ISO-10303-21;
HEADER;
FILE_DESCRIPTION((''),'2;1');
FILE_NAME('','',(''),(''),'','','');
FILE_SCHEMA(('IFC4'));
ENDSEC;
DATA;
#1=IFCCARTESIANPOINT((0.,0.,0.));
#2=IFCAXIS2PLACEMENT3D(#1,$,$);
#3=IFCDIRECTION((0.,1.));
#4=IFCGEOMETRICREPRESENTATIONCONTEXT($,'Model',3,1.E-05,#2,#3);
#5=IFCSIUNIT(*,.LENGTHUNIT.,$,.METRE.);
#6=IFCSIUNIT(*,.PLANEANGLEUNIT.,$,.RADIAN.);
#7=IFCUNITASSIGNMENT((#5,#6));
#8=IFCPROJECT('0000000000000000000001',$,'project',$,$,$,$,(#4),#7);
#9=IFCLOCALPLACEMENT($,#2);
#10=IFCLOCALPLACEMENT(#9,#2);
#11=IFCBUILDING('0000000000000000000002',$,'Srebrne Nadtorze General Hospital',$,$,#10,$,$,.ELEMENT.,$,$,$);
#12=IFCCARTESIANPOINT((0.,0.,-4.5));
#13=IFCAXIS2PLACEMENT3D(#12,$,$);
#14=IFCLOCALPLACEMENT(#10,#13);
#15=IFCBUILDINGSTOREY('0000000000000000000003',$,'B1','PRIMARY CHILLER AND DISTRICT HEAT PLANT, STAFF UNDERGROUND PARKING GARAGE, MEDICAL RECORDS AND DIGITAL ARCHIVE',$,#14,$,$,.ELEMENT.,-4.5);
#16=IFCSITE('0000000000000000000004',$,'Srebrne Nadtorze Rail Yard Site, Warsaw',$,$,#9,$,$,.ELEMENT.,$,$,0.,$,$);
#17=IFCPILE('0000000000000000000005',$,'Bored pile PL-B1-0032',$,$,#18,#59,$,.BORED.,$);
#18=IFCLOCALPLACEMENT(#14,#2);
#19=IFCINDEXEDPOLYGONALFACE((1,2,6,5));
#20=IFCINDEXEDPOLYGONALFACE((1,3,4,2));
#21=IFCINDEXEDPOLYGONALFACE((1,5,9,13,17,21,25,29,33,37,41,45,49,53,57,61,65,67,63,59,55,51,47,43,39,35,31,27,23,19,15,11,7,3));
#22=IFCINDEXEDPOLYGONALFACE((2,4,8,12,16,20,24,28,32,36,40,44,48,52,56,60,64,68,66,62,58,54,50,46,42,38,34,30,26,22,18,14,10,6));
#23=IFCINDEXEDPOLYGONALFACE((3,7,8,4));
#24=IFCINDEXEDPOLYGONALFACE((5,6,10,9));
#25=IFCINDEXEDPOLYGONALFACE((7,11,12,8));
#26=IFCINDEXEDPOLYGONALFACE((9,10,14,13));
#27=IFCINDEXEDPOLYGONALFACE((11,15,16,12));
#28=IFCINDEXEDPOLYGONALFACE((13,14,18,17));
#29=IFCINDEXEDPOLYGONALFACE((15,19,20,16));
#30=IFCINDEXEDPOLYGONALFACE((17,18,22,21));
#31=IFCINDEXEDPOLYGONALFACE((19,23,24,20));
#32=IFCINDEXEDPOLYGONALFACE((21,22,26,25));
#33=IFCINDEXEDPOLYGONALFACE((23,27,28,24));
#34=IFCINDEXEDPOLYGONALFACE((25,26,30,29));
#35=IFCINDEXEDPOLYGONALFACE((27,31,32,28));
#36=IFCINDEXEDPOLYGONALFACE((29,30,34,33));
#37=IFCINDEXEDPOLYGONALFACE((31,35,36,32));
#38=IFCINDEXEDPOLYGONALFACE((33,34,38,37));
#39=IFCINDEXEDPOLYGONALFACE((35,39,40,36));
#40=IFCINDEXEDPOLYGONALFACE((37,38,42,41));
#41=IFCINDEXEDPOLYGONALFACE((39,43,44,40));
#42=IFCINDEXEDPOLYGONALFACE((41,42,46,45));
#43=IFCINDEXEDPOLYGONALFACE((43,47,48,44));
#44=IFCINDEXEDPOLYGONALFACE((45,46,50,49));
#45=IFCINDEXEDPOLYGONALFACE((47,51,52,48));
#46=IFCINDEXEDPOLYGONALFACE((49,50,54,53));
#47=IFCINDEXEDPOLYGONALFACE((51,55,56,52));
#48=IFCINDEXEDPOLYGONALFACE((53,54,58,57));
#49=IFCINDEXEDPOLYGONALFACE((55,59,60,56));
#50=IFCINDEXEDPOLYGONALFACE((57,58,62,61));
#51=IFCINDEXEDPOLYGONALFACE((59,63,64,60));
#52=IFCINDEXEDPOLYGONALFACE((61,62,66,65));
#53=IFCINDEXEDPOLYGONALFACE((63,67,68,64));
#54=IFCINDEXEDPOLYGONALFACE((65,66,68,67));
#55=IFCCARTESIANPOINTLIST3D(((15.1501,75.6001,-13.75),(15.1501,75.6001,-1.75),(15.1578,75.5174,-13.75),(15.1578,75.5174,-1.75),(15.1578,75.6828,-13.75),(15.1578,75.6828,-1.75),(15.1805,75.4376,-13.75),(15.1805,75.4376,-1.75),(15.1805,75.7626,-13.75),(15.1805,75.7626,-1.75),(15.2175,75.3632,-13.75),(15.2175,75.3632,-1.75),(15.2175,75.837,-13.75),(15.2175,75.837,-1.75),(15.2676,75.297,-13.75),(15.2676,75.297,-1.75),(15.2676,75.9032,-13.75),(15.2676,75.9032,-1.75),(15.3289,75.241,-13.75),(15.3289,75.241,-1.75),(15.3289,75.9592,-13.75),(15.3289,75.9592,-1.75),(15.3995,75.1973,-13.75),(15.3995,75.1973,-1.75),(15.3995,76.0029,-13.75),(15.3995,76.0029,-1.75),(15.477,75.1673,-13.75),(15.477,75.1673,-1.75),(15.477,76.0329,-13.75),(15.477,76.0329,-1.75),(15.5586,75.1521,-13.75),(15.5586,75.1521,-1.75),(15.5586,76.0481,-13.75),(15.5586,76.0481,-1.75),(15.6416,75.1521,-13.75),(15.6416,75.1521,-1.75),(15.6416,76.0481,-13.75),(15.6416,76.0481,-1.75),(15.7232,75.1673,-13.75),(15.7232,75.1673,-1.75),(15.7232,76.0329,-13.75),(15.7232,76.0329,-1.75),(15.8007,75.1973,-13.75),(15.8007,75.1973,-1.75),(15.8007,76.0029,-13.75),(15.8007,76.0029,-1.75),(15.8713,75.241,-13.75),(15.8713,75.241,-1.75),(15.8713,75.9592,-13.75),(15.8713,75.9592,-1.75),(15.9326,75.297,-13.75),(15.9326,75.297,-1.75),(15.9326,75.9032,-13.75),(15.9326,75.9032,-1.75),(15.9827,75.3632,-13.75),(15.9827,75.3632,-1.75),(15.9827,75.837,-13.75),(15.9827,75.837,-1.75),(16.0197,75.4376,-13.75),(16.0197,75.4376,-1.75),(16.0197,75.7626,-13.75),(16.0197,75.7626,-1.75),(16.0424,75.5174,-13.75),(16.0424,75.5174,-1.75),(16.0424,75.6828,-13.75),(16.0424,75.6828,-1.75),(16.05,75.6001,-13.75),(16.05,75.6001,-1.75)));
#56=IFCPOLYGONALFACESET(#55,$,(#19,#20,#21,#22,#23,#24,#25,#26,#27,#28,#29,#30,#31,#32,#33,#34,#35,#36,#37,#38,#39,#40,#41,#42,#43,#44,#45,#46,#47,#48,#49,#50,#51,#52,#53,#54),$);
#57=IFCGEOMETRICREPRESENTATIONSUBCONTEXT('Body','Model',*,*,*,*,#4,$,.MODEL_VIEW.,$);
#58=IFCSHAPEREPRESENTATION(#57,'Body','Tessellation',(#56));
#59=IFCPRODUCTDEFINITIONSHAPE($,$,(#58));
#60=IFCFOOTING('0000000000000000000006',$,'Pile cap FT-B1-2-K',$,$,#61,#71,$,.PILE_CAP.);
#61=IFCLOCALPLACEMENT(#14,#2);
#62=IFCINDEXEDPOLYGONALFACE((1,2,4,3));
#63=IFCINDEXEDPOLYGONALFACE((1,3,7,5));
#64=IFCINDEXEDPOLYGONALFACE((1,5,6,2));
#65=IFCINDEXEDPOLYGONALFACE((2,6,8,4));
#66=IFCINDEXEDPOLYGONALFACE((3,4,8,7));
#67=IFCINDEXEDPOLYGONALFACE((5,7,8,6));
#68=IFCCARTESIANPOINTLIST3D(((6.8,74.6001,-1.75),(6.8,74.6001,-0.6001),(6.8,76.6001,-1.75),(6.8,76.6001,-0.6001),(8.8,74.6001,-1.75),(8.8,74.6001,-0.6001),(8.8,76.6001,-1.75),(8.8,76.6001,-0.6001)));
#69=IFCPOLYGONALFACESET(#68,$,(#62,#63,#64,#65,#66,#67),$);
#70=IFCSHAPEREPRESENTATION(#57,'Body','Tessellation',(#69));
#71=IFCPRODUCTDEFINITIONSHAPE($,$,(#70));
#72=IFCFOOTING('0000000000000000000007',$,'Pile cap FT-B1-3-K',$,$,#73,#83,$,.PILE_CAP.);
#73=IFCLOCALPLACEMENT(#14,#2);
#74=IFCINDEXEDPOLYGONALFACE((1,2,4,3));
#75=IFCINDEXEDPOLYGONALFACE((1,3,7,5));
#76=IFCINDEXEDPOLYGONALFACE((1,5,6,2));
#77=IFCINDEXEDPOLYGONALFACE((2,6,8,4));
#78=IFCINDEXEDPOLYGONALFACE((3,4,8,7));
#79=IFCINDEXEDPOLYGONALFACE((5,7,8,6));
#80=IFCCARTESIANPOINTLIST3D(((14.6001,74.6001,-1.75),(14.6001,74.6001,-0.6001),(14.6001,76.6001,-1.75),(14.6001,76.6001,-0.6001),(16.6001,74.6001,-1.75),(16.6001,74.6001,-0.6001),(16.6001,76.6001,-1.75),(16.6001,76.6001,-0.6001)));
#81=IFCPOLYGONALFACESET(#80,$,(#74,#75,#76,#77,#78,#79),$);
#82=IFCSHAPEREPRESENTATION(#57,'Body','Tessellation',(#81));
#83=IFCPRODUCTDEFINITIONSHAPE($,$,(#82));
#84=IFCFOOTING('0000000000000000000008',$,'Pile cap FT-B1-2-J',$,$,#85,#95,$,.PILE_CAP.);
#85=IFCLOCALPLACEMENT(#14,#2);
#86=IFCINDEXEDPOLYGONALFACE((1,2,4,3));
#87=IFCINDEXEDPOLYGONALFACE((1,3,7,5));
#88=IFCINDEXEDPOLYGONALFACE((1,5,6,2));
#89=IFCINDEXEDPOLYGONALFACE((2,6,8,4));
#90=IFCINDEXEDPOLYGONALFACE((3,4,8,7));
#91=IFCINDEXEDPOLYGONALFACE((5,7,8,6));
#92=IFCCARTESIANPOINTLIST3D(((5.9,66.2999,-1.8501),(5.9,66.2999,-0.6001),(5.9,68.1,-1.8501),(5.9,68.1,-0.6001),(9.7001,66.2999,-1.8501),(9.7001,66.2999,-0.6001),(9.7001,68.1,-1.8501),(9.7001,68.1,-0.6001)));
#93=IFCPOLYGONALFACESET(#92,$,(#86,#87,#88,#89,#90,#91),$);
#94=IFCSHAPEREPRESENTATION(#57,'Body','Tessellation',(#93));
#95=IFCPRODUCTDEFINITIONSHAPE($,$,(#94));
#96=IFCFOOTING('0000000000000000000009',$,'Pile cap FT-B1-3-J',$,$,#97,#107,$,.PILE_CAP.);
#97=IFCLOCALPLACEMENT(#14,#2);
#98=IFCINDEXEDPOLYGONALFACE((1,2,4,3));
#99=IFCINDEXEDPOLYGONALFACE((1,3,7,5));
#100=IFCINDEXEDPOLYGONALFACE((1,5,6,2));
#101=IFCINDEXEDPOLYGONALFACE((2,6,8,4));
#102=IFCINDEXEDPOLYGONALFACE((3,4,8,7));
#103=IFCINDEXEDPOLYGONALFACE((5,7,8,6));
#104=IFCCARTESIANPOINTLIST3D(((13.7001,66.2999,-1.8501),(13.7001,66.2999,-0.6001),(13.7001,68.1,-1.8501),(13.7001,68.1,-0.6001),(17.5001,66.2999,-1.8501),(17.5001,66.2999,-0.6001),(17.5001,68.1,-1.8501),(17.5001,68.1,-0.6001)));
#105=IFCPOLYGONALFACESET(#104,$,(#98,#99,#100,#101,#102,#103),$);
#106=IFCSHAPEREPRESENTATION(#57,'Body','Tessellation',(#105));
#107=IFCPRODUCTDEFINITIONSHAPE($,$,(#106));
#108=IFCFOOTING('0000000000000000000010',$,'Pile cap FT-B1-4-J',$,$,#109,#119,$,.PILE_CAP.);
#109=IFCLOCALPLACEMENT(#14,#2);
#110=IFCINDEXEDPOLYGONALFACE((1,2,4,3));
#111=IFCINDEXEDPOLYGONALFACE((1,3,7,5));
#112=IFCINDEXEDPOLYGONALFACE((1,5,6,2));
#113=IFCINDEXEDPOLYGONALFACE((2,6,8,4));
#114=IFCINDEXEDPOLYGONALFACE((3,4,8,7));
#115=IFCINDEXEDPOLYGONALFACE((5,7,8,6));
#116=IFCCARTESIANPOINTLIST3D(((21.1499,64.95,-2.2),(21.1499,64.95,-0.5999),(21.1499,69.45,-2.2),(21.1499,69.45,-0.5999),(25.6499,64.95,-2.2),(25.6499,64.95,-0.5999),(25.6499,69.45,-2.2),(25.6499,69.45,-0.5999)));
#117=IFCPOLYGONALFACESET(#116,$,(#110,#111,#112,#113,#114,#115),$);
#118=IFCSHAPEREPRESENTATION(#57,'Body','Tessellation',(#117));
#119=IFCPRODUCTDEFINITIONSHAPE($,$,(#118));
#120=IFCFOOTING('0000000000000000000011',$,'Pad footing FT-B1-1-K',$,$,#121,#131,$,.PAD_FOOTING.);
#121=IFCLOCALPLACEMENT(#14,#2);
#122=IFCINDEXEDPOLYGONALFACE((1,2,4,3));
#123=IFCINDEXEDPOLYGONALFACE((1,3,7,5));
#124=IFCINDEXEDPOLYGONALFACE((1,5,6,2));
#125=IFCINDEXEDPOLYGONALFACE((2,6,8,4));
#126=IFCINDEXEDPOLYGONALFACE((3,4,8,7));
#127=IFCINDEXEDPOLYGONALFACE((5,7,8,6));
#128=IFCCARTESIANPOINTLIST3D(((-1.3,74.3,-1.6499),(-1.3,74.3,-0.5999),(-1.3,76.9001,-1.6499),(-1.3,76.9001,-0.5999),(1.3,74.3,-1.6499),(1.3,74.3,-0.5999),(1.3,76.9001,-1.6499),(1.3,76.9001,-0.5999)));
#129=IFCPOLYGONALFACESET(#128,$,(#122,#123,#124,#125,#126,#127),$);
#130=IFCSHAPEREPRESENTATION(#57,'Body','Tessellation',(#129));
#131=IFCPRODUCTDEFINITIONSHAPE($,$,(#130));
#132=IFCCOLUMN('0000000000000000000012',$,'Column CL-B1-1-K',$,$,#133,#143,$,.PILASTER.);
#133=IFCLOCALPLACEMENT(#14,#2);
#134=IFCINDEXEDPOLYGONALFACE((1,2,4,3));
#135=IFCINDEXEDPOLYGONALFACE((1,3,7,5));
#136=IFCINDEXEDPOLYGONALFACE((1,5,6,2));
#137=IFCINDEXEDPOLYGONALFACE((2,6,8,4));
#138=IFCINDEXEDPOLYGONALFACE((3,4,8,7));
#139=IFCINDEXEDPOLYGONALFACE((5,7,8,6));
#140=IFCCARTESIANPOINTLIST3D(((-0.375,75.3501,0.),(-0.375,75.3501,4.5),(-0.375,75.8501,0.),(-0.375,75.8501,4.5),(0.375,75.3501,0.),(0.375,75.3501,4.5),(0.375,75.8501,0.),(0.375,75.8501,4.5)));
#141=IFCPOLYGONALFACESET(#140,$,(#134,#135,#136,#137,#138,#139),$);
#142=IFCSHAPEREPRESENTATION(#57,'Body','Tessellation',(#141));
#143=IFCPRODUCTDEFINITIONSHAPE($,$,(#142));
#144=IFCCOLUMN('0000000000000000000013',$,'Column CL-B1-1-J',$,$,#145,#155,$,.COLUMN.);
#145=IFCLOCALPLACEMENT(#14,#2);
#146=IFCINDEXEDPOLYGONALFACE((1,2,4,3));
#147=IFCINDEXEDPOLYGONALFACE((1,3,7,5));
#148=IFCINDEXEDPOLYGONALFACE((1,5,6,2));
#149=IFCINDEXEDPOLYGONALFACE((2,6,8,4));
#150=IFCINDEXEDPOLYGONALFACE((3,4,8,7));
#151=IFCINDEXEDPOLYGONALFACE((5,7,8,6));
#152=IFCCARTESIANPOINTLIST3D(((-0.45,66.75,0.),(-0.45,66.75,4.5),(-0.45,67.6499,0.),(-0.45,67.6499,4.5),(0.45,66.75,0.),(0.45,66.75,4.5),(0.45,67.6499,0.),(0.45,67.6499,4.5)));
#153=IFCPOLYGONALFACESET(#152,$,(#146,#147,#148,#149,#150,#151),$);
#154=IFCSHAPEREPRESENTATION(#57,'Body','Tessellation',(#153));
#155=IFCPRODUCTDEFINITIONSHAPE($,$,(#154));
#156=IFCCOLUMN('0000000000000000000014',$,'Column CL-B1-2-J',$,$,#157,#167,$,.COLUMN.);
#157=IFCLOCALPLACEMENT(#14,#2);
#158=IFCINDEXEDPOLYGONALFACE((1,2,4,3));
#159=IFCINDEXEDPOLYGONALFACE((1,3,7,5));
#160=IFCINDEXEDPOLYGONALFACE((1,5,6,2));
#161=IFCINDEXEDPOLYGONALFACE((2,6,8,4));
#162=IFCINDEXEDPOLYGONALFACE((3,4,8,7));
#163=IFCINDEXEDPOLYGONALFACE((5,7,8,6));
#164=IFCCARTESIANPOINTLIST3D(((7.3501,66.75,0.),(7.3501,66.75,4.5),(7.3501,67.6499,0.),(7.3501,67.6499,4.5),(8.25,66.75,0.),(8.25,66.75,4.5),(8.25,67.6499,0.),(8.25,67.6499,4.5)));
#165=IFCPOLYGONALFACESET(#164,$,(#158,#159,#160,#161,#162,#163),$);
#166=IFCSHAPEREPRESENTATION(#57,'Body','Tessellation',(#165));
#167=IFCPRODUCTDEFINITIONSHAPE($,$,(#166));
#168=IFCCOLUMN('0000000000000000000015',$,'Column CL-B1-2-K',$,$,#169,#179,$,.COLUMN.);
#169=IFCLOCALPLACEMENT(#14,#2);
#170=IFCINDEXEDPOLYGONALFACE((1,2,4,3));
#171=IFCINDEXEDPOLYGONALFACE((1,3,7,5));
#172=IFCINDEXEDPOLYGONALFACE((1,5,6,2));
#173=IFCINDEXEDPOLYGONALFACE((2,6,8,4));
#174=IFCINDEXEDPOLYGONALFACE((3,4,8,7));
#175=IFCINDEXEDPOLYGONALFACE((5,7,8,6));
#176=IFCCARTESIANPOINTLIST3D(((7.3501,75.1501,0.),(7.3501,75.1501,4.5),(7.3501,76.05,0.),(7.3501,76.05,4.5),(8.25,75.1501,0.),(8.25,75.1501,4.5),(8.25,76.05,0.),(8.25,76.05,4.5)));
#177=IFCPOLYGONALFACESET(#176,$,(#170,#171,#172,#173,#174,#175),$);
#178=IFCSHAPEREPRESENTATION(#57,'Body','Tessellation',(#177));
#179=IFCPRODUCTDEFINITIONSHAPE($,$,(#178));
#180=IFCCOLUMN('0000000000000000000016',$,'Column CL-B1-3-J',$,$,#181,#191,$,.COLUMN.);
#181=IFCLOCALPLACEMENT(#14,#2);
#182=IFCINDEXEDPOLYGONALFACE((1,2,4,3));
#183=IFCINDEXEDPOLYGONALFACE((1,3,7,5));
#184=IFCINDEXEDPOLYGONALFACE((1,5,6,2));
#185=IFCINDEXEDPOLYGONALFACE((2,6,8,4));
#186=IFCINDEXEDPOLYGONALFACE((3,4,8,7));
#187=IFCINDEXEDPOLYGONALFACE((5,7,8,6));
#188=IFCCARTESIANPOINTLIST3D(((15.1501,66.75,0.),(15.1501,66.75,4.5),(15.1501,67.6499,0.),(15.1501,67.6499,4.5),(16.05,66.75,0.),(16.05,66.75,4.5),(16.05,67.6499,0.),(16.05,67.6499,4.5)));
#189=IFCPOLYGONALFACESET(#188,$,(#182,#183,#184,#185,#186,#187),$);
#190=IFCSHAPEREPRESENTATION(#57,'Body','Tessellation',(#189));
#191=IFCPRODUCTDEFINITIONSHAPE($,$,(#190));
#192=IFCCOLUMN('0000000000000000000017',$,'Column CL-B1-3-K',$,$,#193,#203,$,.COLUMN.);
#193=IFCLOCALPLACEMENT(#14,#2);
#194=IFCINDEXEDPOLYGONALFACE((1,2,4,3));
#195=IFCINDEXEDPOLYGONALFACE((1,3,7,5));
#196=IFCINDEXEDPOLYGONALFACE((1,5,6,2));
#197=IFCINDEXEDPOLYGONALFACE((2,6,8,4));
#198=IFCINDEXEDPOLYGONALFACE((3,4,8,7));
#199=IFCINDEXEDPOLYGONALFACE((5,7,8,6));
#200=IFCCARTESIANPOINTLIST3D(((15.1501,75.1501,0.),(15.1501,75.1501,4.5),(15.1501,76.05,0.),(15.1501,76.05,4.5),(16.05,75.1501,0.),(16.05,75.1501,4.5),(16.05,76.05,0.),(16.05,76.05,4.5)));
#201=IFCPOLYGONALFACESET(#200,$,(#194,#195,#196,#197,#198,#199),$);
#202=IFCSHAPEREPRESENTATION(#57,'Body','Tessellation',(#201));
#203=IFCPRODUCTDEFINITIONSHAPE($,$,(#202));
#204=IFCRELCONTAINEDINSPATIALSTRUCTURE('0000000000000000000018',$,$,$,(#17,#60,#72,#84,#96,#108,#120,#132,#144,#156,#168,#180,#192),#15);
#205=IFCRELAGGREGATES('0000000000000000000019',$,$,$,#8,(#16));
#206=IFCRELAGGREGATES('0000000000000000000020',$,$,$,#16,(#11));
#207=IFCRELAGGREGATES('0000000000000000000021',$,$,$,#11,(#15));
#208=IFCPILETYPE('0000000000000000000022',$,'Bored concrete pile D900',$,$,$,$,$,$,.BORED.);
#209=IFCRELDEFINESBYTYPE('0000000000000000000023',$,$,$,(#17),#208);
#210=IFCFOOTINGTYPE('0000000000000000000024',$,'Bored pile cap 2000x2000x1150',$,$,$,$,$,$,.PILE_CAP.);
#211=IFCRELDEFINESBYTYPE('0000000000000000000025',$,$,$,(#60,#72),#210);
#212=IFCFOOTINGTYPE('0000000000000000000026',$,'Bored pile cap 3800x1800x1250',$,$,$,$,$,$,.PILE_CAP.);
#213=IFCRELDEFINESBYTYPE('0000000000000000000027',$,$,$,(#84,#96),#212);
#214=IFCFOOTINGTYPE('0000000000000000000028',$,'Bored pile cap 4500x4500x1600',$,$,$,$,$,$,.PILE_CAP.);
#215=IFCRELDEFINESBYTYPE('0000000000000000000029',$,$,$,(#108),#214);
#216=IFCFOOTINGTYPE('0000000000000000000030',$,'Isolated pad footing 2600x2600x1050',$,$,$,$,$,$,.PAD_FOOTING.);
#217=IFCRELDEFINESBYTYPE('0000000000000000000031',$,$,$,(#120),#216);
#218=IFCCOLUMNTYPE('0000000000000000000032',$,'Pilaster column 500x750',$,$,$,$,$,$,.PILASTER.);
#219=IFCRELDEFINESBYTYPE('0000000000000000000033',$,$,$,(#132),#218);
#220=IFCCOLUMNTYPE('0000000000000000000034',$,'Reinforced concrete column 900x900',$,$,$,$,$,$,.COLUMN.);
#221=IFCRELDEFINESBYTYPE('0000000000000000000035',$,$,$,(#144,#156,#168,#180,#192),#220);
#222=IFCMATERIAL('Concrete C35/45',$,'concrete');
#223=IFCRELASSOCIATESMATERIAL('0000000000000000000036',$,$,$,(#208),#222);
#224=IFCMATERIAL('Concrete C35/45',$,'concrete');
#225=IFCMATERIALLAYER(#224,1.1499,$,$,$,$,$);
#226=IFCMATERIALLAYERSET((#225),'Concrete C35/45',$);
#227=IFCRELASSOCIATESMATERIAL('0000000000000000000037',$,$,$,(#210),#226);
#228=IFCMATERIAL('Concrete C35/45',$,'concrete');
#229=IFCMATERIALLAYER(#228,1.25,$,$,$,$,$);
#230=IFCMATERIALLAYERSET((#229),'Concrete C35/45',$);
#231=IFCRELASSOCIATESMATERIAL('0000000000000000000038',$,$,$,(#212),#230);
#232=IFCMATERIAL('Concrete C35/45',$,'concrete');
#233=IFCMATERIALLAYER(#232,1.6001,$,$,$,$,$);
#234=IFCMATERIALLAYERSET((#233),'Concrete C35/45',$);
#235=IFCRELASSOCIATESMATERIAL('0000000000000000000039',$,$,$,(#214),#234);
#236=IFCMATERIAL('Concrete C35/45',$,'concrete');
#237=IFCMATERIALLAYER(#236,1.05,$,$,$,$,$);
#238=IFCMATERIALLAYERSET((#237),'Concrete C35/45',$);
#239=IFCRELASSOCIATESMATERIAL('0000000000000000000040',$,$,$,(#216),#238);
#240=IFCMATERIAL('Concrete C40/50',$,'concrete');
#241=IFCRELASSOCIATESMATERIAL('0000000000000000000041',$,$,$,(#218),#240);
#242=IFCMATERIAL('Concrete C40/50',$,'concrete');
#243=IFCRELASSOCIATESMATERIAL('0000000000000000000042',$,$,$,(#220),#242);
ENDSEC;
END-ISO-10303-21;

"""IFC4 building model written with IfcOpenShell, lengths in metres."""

from ifc_helpers import new_model, si_unit, direction, frame, origin, origin_2d, place, context, subcontext, project, spatial, rectangle, circle, extrude, material, layer, layer_set, material_profile, profile_set, type_object, element, save


model = new_model("IFC4")

# Units and contexts
model_context = context("Model", 3, precision=1e-05, world=origin(), true_north=direction((0.0, 1.0)))
body_context = subcontext(model_context, "Body", "Model", "MODEL_VIEW")
ifc_project = project(units=[si_unit("LENGTHUNIT", "METRE"), si_unit("PLANEANGLEUNIT", "RADIAN")], contexts=[model_context])

# Site, building, storey
site_placement = place(None, origin())
site = spatial("IfcSite", under=ifc_project, at=site_placement, Name="Srebrne Nadtorze Rail Yard Site, Warsaw", CompositionType="ELEMENT", RefElevation=0.0)
building_placement = place(site_placement, origin())
building = spatial("IfcBuilding", under=site, at=building_placement, Name="Srebrne Nadtorze General Hospital", CompositionType="ELEMENT")
storey_placement = place(building_placement, frame((0.0, 0.0, -4.5)))
storey = spatial("IfcBuildingStorey", under=building, at=storey_placement, Name="B1", Description="PRIMARY CHILLER AND DISTRICT HEAT PLANT, STAFF UNDERGROUND PARKING GARAGE, MEDICAL RECORDS AND DIGITAL ARCHIVE", CompositionType="ELEMENT", Elevation=-4.5)

# Pile
ifc_material_1 = material(Name="Concrete C35/45", Category="concrete")
ifc_material_profile_1 = material_profile(ifc_material_1, circle(Radius=0.45, at=origin_2d()), Name="PILE-D900")
ifc_profile_set_1 = profile_set([ifc_material_profile_1], Name="Concrete C35/45")
pile_type_1 = type_object("IfcPileType", Name="Bored concrete pile D900", PredefinedType="BORED", material=ifc_profile_set_1)
for number, where, z_axis, x_axis, name in (
    (1, (15.6001, 75.6001, -1.75), (0.0, 0.0, -1.0), (1.0, 0.0, 0.0), "Bored pile PL-B1-0032"),
):
    element("IfcPile", number, at=place(storey_placement, frame(where, z_axis=z_axis, x_axis=x_axis)), inside=storey, type_object=pile_type_1, Name=name, PredefinedType="BORED", context=body_context, shape_type="SweptSolid", body=[
        extrude(circle(Radius=0.45, at=origin_2d()), origin(), (0.0, 0.0, 1.0), 12.0),
    ])

# Footings
ifc_material_2 = material(Name="Concrete C35/45", Category="concrete")
ifc_layer_1 = layer(ifc_material_2, 1.1499)
ifc_layer_set_1 = layer_set([ifc_layer_1], Name="Concrete C35/45")
footing_type_1 = type_object("IfcFootingType", Name="Bored pile cap 2000x2000x1150", PredefinedType="PILE_CAP", material=ifc_layer_set_1)
for number, where, z_axis, x_axis, name in (
    (2, (7.8, 75.6001, -1.75), (0.0, 0.0, 1.0), (1.0, 0.0, 0.0), "Pile cap FT-B1-2-K"),
    (3, (15.6001, 75.6001, -1.75), (0.0, 0.0, 1.0), (1.0, 0.0, 0.0), "Pile cap FT-B1-3-K"),
):
    element("IfcFooting", number, at=place(storey_placement, frame(where, z_axis=z_axis, x_axis=x_axis)), inside=storey, type_object=footing_type_1, Name=name, PredefinedType="PILE_CAP", context=body_context, shape_type="SweptSolid", body=[
        extrude(rectangle(XDim=2.0, YDim=2.0, at=origin_2d()), origin(), (0.0, 0.0, 1.0), 1.1499),
    ])
ifc_material_3 = material(Name="Concrete C35/45", Category="concrete")
ifc_layer_2 = layer(ifc_material_3, 1.25)
ifc_layer_set_2 = layer_set([ifc_layer_2], Name="Concrete C35/45")
footing_type_2 = type_object("IfcFootingType", Name="Bored pile cap 3800x1800x1250", PredefinedType="PILE_CAP", material=ifc_layer_set_2)
for number, where, z_axis, x_axis, name in (
    (4, (7.8, 67.2, -1.8501), (0.0, 0.0, 1.0), (1.0, 0.0, 0.0), "Pile cap FT-B1-2-J"),
    (5, (15.6001, 67.2, -1.8501), (0.0, 0.0, 1.0), (1.0, 0.0, 0.0), "Pile cap FT-B1-3-J"),
):
    element("IfcFooting", number, at=place(storey_placement, frame(where, z_axis=z_axis, x_axis=x_axis)), inside=storey, type_object=footing_type_2, Name=name, PredefinedType="PILE_CAP", context=body_context, shape_type="SweptSolid", body=[
        extrude(rectangle(XDim=3.8, YDim=1.8, at=origin_2d()), origin(), (0.0, 0.0, 1.0), 1.25),
    ])
ifc_material_4 = material(Name="Concrete C35/45", Category="concrete")
ifc_layer_3 = layer(ifc_material_4, 1.6001)
ifc_layer_set_3 = layer_set([ifc_layer_3], Name="Concrete C35/45")
footing_type_3 = type_object("IfcFootingType", Name="Bored pile cap 4500x4500x1600", PredefinedType="PILE_CAP", material=ifc_layer_set_3)
footing_1_placement = place(storey_placement, frame((23.3999, 67.2, -2.2), z_axis=(0.0, 0.0, 1.0), x_axis=(1.0, 0.0, 0.0)))
element("IfcFooting", 6, at=footing_1_placement, inside=storey, type_object=footing_type_3, Name="Pile cap FT-B1-4-J", PredefinedType="PILE_CAP", context=body_context, shape_type="SweptSolid", body=[
    extrude(rectangle(XDim=4.5, YDim=4.5, at=origin_2d()), origin(), (0.0, 0.0, 1.0), 1.6001),
])
ifc_material_5 = material(Name="Concrete C35/45", Category="concrete")
ifc_layer_4 = layer(ifc_material_5, 1.05)
ifc_layer_set_4 = layer_set([ifc_layer_4], Name="Concrete C35/45")
footing_type_4 = type_object("IfcFootingType", Name="Isolated pad footing 2600x2600x1050", PredefinedType="PAD_FOOTING", material=ifc_layer_set_4)
footing_2_placement = place(storey_placement, frame((0.0, 75.6001, -1.6499), z_axis=(0.0, 0.0, 1.0), x_axis=(1.0, 0.0, 0.0)))
element("IfcFooting", 7, at=footing_2_placement, inside=storey, type_object=footing_type_4, Name="Pad footing FT-B1-1-K", PredefinedType="PAD_FOOTING", context=body_context, shape_type="SweptSolid", body=[
    extrude(rectangle(XDim=2.6001, YDim=2.6001, at=origin_2d()), origin(), (0.0, 0.0, 1.0), 1.05),
])

# Columns
ifc_material_6 = material(Name="Concrete C40/50", Category="concrete")
ifc_material_profile_2 = material_profile(ifc_material_6, rectangle(XDim=0.5, YDim=0.75, at=origin_2d()), Name="RC-PIL-500x750")
ifc_profile_set_2 = profile_set([ifc_material_profile_2], Name="Concrete C40/50")
column_type_1 = type_object("IfcColumnType", Name="Pilaster column 500x750", PredefinedType="PILASTER", material=ifc_profile_set_2)
column_placement = place(storey_placement, frame((0.0, 75.6001, 0.0), z_axis=(0.0, 0.0, 1.0), x_axis=(0.0, 1.0, 0.0)))
element("IfcColumn", 8, at=column_placement, inside=storey, type_object=column_type_1, Name="Column CL-B1-1-K", PredefinedType="PILASTER", context=body_context, shape_type="SweptSolid", body=[
    extrude(rectangle(XDim=0.5, YDim=0.75, at=origin_2d()), origin(), (0.0, 0.0, 1.0), 4.5),
])
ifc_material_7 = material(Name="Concrete C40/50", Category="concrete")
ifc_material_profile_3 = material_profile(ifc_material_7, rectangle(XDim=0.8999, YDim=0.8999, at=origin_2d()), Name="RC-COL-900x900")
ifc_profile_set_3 = profile_set([ifc_material_profile_3], Name="Concrete C40/50")
column_type_2 = type_object("IfcColumnType", Name="Reinforced concrete column 900x900", PredefinedType="COLUMN", material=ifc_profile_set_3)
for number, where, z_axis, x_axis, name in (
    (9, (0.0, 67.2, 0.0), (0.0, 0.0, 1.0), (1.0, 0.0, 0.0), "Column CL-B1-1-J"),
    (10, (7.8, 67.2, 0.0), (0.0, 0.0, 1.0), (1.0, 0.0, 0.0), "Column CL-B1-2-J"),
    (11, (7.8, 75.6001, 0.0), (0.0, 0.0, 1.0), (1.0, 0.0, 0.0), "Column CL-B1-2-K"),
    (12, (15.6001, 67.2, 0.0), (0.0, 0.0, 1.0), (1.0, 0.0, 0.0), "Column CL-B1-3-J"),
    (13, (15.6001, 75.6001, 0.0), (0.0, 0.0, 1.0), (1.0, 0.0, 0.0), "Column CL-B1-3-K"),
):
    element("IfcColumn", number, at=place(storey_placement, frame(where, z_axis=z_axis, x_axis=x_axis)), inside=storey, type_object=column_type_2, Name=name, PredefinedType="COLUMN", context=body_context, shape_type="SweptSolid", body=[
        extrude(rectangle(XDim=0.8999, YDim=0.8999, at=origin_2d()), origin(), (0.0, 0.0, 1.0), 4.5),
    ])

save(model, "model.ifc")
